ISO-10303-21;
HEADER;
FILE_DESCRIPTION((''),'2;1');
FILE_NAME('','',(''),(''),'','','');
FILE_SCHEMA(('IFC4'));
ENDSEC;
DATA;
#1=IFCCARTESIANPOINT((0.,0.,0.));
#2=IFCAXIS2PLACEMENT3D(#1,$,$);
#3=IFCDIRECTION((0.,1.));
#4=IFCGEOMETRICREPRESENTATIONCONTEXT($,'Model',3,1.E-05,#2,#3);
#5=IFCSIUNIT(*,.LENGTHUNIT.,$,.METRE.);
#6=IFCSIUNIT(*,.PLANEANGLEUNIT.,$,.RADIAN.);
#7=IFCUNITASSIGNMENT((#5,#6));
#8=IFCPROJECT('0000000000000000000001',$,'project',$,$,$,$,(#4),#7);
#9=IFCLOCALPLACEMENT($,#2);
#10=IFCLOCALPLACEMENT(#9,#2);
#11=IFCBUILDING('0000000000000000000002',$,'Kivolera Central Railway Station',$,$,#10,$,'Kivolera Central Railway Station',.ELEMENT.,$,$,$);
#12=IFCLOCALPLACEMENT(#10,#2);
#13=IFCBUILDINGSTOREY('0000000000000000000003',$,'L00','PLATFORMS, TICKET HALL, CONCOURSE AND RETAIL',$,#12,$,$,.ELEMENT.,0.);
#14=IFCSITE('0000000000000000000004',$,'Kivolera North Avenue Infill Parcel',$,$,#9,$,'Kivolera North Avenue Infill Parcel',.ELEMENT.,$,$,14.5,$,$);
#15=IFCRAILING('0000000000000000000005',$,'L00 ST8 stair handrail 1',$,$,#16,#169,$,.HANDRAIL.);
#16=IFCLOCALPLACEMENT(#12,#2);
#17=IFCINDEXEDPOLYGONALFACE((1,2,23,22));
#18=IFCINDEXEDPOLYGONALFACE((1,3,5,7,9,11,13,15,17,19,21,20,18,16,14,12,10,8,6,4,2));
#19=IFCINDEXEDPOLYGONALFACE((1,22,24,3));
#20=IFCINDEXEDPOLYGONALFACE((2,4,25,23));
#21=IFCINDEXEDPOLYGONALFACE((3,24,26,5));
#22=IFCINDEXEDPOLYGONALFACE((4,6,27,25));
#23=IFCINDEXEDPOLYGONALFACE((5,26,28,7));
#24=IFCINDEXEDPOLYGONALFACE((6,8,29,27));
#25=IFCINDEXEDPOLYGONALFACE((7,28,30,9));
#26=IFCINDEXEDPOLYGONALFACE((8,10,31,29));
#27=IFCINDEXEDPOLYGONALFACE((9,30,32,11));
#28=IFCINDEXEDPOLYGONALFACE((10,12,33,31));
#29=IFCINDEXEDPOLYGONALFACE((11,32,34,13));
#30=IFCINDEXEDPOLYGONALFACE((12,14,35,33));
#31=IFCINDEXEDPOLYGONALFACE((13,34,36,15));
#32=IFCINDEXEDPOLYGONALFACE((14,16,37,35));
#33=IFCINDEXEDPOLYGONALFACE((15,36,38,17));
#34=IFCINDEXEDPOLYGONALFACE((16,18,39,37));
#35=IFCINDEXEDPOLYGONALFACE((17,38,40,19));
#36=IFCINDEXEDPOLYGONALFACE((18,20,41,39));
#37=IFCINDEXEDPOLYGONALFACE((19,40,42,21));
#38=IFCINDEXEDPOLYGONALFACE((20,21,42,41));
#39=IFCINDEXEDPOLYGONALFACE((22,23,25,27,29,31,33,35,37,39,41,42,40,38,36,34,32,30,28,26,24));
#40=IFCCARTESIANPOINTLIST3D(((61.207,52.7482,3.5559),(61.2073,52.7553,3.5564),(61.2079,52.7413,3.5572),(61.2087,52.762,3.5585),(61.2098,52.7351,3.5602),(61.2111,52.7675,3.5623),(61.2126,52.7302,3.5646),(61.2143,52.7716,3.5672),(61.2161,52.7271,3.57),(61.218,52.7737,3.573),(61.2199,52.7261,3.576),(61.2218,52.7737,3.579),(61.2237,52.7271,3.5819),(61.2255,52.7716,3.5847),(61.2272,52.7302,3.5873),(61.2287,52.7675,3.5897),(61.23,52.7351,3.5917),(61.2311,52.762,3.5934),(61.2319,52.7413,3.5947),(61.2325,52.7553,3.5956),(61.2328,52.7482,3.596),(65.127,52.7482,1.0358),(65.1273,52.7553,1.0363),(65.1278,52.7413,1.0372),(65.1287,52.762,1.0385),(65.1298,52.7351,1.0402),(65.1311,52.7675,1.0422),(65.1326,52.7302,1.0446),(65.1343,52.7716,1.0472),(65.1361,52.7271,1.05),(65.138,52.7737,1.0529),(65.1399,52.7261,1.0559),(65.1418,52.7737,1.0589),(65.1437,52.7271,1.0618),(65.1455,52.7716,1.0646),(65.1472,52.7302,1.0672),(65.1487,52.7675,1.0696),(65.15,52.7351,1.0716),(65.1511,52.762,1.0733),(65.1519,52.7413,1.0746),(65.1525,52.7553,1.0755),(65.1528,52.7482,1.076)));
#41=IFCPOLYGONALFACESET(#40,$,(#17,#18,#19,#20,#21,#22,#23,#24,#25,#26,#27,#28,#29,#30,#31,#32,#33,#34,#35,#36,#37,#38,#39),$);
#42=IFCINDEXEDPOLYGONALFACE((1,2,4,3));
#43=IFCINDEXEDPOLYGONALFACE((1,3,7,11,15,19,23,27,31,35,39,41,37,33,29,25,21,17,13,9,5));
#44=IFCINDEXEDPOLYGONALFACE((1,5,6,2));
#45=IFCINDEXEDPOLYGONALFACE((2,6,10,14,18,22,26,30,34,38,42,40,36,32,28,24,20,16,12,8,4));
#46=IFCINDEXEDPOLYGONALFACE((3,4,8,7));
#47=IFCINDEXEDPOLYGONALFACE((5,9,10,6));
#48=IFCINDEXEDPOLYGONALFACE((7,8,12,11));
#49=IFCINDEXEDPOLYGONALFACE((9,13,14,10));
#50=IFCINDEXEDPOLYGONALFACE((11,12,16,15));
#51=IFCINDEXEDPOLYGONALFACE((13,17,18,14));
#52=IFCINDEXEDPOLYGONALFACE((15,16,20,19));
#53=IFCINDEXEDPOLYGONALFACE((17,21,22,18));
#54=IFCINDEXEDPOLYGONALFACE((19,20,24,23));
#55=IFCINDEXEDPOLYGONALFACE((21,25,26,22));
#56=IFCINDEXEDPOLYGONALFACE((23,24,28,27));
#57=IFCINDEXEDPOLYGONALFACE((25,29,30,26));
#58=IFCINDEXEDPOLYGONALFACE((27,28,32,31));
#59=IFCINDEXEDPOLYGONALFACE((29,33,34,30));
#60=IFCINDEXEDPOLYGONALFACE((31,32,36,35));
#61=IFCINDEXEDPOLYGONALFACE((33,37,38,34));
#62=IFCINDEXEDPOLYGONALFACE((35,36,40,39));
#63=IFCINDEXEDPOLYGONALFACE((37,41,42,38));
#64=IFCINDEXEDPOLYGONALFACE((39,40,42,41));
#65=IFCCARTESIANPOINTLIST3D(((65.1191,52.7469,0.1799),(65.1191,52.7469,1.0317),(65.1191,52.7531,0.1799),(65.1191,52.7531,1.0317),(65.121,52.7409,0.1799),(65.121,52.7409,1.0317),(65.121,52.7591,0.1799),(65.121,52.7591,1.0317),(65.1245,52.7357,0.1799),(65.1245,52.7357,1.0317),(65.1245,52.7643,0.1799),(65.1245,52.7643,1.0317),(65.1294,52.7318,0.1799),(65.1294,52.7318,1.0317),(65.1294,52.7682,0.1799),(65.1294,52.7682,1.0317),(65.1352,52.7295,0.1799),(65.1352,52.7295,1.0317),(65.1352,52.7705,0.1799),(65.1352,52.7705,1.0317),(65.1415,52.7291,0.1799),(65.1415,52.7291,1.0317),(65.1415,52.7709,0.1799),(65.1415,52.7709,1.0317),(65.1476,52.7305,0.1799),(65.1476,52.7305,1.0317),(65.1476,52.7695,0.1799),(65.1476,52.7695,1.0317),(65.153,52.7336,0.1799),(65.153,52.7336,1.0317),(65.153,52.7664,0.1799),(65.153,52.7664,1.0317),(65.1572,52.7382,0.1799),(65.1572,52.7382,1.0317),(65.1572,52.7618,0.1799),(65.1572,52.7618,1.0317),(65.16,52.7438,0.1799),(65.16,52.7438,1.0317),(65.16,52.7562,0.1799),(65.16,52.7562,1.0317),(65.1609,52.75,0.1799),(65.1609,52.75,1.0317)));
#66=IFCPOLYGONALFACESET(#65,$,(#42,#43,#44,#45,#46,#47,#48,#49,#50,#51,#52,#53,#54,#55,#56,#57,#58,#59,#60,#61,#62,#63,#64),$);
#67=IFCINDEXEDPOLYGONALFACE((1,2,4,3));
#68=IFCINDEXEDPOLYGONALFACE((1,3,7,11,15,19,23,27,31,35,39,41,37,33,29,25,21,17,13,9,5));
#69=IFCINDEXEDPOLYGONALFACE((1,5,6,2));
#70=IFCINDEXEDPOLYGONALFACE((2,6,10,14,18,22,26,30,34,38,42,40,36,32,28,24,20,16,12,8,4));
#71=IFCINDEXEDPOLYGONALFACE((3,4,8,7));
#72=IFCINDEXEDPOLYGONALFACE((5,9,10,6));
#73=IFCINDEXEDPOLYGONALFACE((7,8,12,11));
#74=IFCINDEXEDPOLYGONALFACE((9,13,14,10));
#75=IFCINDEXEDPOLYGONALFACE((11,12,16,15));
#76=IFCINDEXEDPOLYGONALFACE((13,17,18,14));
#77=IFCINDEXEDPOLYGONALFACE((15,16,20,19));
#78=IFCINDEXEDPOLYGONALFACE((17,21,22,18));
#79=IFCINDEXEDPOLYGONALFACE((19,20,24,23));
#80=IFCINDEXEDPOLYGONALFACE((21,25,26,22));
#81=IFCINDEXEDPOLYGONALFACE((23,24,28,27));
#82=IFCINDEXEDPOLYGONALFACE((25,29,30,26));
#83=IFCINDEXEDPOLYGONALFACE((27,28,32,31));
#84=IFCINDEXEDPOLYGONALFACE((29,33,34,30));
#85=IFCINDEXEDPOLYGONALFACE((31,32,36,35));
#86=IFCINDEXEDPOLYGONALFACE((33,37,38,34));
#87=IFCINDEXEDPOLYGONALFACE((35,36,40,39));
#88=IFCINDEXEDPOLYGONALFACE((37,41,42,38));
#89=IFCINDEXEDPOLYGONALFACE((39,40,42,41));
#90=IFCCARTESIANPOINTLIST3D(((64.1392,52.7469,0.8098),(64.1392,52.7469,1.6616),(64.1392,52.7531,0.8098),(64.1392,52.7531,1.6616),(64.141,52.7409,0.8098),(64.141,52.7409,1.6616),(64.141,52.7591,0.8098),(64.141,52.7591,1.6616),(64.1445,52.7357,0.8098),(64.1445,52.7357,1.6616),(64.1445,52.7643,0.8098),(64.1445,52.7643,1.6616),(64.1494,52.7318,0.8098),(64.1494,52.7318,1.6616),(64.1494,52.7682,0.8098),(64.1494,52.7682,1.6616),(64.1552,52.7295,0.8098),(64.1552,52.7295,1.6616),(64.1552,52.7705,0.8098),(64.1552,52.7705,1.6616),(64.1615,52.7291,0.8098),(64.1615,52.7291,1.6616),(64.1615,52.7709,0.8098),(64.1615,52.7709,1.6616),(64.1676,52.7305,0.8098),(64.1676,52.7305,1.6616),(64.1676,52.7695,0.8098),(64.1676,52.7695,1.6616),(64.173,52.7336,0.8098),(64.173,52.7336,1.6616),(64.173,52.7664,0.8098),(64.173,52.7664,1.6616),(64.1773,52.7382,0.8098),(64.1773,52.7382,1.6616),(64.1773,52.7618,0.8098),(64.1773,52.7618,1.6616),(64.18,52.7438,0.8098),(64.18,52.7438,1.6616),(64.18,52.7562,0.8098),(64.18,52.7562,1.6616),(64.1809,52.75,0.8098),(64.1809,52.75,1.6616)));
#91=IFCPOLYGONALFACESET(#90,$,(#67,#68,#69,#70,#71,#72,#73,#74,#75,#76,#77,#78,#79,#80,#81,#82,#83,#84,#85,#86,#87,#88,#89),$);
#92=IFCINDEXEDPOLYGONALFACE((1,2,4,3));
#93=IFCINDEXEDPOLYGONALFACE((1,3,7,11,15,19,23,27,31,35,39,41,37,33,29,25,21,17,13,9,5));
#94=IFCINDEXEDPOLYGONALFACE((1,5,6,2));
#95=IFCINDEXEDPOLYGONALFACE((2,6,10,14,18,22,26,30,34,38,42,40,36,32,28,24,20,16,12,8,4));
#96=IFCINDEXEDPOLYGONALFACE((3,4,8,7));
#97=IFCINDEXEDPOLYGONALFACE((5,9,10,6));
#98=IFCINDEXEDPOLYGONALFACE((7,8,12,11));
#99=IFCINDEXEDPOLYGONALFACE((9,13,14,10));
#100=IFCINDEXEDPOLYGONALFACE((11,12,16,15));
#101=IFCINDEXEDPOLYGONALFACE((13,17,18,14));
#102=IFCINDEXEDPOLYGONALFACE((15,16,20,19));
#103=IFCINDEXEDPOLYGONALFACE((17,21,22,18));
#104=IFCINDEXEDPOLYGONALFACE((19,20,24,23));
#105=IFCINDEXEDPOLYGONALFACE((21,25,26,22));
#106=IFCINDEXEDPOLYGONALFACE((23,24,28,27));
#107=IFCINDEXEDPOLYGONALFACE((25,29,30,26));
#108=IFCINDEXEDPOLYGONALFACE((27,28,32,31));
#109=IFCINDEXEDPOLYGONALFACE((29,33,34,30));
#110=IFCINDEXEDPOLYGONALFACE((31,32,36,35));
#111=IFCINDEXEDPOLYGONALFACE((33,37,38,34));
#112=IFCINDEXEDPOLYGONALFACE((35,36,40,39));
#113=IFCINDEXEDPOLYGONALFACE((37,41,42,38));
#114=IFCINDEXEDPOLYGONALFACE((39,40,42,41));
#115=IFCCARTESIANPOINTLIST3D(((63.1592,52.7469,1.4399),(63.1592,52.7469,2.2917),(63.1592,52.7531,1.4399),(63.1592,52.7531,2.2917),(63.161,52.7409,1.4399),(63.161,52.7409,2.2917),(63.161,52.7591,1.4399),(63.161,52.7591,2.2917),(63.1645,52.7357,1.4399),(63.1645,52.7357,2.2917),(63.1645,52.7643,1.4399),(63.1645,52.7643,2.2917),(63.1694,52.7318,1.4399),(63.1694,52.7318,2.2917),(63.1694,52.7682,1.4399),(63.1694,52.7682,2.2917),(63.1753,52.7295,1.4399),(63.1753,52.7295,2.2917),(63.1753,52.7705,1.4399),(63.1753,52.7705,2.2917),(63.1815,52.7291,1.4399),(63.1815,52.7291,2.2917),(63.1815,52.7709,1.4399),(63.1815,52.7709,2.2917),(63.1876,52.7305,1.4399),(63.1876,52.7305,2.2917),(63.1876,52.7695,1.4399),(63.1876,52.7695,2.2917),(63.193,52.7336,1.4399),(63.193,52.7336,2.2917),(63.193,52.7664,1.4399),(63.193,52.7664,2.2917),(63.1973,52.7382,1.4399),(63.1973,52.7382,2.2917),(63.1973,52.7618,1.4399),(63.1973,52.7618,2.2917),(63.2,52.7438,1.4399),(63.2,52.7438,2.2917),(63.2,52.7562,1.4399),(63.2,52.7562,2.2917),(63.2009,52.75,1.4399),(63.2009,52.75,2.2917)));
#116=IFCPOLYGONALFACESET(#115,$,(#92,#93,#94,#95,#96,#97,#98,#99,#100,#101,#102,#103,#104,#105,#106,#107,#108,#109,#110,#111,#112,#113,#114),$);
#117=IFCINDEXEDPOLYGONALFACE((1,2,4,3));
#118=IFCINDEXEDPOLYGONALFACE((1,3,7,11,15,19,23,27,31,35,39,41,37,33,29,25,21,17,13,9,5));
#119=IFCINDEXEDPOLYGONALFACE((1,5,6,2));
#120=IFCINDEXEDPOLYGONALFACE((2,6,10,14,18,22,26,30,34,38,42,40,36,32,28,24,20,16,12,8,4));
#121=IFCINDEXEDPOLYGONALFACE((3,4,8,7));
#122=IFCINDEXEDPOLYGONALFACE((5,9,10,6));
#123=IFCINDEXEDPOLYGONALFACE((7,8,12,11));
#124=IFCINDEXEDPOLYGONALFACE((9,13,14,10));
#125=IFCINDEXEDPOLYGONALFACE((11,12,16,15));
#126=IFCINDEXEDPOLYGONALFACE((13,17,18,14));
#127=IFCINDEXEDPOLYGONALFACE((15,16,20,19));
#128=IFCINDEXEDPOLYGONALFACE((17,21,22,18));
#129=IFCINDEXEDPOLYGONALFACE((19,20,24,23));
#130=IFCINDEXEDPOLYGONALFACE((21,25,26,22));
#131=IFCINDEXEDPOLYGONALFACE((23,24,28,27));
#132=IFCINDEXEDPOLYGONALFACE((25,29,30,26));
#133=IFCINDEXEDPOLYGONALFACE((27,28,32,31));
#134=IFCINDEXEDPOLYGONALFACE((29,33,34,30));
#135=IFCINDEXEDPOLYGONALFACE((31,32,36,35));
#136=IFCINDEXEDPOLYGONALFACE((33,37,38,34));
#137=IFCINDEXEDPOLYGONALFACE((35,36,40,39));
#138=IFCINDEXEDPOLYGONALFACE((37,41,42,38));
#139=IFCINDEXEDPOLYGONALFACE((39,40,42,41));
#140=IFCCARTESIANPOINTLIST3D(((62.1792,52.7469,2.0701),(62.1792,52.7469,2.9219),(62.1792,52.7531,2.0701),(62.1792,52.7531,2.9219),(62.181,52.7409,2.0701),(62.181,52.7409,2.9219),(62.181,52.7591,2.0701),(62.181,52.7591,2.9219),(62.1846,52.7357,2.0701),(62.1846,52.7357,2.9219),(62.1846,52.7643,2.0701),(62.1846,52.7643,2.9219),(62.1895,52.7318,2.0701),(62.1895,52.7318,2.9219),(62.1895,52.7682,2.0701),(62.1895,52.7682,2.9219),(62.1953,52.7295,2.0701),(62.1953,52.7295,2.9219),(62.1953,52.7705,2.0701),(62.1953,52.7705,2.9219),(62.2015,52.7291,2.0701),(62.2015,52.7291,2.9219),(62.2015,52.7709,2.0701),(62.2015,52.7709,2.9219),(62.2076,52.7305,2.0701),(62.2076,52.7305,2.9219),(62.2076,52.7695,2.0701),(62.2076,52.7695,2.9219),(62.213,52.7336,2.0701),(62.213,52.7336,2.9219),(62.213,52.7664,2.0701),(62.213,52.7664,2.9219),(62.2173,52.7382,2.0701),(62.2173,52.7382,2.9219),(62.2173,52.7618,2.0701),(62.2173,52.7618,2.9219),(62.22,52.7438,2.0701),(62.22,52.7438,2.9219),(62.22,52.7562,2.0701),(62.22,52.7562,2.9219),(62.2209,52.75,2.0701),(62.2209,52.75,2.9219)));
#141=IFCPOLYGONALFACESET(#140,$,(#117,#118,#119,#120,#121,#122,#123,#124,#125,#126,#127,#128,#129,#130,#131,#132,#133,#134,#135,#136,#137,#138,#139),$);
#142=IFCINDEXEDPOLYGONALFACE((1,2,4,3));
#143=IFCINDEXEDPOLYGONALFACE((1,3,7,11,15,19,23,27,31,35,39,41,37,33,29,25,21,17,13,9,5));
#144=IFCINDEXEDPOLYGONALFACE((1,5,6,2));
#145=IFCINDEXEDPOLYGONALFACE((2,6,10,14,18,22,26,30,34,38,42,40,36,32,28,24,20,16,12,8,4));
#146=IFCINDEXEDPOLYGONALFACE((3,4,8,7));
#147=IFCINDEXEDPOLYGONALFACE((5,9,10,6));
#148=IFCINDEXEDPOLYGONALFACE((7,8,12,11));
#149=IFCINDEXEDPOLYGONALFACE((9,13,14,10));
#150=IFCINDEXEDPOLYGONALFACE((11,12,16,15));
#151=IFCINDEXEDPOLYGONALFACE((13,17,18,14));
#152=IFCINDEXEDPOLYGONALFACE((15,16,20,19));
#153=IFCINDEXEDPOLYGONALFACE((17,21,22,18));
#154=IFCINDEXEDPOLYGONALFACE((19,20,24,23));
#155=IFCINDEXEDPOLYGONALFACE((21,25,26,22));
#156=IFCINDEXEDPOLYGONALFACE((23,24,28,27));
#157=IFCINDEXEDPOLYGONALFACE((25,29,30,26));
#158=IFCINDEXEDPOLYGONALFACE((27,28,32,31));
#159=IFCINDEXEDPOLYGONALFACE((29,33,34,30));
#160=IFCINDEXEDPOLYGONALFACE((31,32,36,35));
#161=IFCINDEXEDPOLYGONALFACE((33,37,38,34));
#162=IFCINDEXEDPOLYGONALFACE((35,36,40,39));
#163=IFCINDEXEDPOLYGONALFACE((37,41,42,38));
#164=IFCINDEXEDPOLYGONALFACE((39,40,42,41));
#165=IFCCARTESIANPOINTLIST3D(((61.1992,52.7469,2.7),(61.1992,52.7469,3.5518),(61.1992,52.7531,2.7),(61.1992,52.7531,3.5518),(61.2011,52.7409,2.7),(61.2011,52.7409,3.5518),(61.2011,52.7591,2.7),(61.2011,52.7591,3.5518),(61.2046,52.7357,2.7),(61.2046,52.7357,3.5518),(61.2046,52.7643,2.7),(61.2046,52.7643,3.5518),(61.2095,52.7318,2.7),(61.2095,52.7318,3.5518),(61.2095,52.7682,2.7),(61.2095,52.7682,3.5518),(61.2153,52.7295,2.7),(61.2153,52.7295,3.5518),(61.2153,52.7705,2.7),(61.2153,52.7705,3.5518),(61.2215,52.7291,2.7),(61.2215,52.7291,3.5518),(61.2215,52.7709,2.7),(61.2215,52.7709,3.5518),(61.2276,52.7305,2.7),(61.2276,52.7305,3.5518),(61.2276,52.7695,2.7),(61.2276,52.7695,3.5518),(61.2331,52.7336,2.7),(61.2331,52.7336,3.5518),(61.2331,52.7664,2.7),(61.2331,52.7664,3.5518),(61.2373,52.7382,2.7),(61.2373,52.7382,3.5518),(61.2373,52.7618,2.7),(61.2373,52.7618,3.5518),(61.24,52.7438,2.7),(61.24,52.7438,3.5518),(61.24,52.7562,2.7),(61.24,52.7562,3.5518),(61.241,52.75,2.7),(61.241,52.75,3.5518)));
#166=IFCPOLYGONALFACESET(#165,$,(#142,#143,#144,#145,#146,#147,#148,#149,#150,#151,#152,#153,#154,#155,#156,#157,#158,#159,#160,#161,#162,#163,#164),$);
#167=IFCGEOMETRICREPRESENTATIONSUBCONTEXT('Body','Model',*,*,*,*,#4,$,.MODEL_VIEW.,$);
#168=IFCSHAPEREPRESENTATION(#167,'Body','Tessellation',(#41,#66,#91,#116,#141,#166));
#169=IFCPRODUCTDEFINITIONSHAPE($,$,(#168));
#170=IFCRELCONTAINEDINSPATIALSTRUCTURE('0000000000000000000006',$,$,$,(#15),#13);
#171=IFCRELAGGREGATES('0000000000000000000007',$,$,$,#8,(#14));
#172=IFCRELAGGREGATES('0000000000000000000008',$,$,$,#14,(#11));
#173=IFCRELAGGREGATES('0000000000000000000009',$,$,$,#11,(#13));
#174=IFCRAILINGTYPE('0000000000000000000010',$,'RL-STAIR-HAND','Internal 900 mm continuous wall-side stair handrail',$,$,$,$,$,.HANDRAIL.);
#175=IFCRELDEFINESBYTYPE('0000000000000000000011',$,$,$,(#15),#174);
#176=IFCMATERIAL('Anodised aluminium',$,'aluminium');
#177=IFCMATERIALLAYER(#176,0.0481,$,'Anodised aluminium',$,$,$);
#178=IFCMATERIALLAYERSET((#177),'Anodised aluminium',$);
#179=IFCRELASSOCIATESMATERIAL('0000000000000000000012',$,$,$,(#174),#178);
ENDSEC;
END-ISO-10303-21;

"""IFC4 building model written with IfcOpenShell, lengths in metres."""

from ifc_helpers import new_model, si_unit, direction, frame, origin, origin_2d, place, context, subcontext, project, spatial, circle, extrude, material, layer, layer_set, type_object, element, save


model = new_model("IFC4")

# Units and contexts
model_context = context("Model", 3, precision=1e-05, world=origin(), true_north=direction((0.0, 1.0)))
body_context = subcontext(model_context, "Body", "Model", "MODEL_VIEW")
ifc_project = project(units=[si_unit("LENGTHUNIT", "METRE"), si_unit("PLANEANGLEUNIT", "RADIAN")], contexts=[model_context])

# Site, building, storey
site_placement = place(None, origin())
site = spatial("IfcSite", under=ifc_project, at=site_placement, Name="Kivolera North Avenue Infill Parcel", LongName="Kivolera North Avenue Infill Parcel", CompositionType="ELEMENT", RefElevation=14.5)
building_placement = place(site_placement, origin())
building = spatial("IfcBuilding", under=site, at=building_placement, Name="Kivolera Central Railway Station", LongName="Kivolera Central Railway Station", CompositionType="ELEMENT")
storey_placement = place(building_placement, origin())
storey = spatial("IfcBuildingStorey", under=building, at=storey_placement, Name="L00", Description="PLATFORMS, TICKET HALL, CONCOURSE AND RETAIL", CompositionType="ELEMENT", Elevation=0.0)

# Railing
ifc_material_1 = material(Name="Anodised aluminium", Category="aluminium")
ifc_layer_1 = layer(ifc_material_1, 0.0481, Name="Anodised aluminium")
ifc_layer_set_1 = layer_set([ifc_layer_1], Name="Anodised aluminium")
railing_type_1 = type_object("IfcRailingType", Name="RL-STAIR-HAND", Description="Internal 900 mm continuous wall-side stair handrail", PredefinedType="HANDRAIL", material=ifc_layer_set_1)
railing_1_placement = place(storey_placement, frame((65.1399, 52.75, 0.1799)))
element("IfcRailing", 1, at=railing_1_placement, inside=storey, type_object=railing_type_1, Name="L00 ST8 stair handrail 1", PredefinedType="HANDRAIL", context=body_context, shape_type="SweptSolid", body=[
    extrude(circle(Radius=0.0239, at=origin_2d()), frame((0.0, 0.0, 0.876), z_axis=(-0.841172, 0.0, 0.540768), x_axis=(0.0, -1.0, 0.0)), (0.0, 0.0, 1.0), 4.6602),
    extrude(circle(Radius=0.021, at=origin_2d()), origin(), (0.0, 0.0, 1.0), 0.8518),
    extrude(circle(Radius=0.021, at=origin_2d()), frame((-0.98, 0.0, 0.6299)), (0.0, 0.0, 1.0), 0.8518),
    extrude(circle(Radius=0.021, at=origin_2d()), frame((-1.96, 0.0, 1.26)), (0.0, 0.0, 1.0), 0.8518),
    extrude(circle(Radius=0.021, at=origin_2d()), frame((-2.9399, 0.0, 1.8901)), (0.0, 0.0, 1.0), 0.8518),
    extrude(circle(Radius=0.021, at=origin_2d()), frame((-3.9199, 0.0, 2.52)), (0.0, 0.0, 1.0), 0.8518),
])

save(model, "model.ifc")
